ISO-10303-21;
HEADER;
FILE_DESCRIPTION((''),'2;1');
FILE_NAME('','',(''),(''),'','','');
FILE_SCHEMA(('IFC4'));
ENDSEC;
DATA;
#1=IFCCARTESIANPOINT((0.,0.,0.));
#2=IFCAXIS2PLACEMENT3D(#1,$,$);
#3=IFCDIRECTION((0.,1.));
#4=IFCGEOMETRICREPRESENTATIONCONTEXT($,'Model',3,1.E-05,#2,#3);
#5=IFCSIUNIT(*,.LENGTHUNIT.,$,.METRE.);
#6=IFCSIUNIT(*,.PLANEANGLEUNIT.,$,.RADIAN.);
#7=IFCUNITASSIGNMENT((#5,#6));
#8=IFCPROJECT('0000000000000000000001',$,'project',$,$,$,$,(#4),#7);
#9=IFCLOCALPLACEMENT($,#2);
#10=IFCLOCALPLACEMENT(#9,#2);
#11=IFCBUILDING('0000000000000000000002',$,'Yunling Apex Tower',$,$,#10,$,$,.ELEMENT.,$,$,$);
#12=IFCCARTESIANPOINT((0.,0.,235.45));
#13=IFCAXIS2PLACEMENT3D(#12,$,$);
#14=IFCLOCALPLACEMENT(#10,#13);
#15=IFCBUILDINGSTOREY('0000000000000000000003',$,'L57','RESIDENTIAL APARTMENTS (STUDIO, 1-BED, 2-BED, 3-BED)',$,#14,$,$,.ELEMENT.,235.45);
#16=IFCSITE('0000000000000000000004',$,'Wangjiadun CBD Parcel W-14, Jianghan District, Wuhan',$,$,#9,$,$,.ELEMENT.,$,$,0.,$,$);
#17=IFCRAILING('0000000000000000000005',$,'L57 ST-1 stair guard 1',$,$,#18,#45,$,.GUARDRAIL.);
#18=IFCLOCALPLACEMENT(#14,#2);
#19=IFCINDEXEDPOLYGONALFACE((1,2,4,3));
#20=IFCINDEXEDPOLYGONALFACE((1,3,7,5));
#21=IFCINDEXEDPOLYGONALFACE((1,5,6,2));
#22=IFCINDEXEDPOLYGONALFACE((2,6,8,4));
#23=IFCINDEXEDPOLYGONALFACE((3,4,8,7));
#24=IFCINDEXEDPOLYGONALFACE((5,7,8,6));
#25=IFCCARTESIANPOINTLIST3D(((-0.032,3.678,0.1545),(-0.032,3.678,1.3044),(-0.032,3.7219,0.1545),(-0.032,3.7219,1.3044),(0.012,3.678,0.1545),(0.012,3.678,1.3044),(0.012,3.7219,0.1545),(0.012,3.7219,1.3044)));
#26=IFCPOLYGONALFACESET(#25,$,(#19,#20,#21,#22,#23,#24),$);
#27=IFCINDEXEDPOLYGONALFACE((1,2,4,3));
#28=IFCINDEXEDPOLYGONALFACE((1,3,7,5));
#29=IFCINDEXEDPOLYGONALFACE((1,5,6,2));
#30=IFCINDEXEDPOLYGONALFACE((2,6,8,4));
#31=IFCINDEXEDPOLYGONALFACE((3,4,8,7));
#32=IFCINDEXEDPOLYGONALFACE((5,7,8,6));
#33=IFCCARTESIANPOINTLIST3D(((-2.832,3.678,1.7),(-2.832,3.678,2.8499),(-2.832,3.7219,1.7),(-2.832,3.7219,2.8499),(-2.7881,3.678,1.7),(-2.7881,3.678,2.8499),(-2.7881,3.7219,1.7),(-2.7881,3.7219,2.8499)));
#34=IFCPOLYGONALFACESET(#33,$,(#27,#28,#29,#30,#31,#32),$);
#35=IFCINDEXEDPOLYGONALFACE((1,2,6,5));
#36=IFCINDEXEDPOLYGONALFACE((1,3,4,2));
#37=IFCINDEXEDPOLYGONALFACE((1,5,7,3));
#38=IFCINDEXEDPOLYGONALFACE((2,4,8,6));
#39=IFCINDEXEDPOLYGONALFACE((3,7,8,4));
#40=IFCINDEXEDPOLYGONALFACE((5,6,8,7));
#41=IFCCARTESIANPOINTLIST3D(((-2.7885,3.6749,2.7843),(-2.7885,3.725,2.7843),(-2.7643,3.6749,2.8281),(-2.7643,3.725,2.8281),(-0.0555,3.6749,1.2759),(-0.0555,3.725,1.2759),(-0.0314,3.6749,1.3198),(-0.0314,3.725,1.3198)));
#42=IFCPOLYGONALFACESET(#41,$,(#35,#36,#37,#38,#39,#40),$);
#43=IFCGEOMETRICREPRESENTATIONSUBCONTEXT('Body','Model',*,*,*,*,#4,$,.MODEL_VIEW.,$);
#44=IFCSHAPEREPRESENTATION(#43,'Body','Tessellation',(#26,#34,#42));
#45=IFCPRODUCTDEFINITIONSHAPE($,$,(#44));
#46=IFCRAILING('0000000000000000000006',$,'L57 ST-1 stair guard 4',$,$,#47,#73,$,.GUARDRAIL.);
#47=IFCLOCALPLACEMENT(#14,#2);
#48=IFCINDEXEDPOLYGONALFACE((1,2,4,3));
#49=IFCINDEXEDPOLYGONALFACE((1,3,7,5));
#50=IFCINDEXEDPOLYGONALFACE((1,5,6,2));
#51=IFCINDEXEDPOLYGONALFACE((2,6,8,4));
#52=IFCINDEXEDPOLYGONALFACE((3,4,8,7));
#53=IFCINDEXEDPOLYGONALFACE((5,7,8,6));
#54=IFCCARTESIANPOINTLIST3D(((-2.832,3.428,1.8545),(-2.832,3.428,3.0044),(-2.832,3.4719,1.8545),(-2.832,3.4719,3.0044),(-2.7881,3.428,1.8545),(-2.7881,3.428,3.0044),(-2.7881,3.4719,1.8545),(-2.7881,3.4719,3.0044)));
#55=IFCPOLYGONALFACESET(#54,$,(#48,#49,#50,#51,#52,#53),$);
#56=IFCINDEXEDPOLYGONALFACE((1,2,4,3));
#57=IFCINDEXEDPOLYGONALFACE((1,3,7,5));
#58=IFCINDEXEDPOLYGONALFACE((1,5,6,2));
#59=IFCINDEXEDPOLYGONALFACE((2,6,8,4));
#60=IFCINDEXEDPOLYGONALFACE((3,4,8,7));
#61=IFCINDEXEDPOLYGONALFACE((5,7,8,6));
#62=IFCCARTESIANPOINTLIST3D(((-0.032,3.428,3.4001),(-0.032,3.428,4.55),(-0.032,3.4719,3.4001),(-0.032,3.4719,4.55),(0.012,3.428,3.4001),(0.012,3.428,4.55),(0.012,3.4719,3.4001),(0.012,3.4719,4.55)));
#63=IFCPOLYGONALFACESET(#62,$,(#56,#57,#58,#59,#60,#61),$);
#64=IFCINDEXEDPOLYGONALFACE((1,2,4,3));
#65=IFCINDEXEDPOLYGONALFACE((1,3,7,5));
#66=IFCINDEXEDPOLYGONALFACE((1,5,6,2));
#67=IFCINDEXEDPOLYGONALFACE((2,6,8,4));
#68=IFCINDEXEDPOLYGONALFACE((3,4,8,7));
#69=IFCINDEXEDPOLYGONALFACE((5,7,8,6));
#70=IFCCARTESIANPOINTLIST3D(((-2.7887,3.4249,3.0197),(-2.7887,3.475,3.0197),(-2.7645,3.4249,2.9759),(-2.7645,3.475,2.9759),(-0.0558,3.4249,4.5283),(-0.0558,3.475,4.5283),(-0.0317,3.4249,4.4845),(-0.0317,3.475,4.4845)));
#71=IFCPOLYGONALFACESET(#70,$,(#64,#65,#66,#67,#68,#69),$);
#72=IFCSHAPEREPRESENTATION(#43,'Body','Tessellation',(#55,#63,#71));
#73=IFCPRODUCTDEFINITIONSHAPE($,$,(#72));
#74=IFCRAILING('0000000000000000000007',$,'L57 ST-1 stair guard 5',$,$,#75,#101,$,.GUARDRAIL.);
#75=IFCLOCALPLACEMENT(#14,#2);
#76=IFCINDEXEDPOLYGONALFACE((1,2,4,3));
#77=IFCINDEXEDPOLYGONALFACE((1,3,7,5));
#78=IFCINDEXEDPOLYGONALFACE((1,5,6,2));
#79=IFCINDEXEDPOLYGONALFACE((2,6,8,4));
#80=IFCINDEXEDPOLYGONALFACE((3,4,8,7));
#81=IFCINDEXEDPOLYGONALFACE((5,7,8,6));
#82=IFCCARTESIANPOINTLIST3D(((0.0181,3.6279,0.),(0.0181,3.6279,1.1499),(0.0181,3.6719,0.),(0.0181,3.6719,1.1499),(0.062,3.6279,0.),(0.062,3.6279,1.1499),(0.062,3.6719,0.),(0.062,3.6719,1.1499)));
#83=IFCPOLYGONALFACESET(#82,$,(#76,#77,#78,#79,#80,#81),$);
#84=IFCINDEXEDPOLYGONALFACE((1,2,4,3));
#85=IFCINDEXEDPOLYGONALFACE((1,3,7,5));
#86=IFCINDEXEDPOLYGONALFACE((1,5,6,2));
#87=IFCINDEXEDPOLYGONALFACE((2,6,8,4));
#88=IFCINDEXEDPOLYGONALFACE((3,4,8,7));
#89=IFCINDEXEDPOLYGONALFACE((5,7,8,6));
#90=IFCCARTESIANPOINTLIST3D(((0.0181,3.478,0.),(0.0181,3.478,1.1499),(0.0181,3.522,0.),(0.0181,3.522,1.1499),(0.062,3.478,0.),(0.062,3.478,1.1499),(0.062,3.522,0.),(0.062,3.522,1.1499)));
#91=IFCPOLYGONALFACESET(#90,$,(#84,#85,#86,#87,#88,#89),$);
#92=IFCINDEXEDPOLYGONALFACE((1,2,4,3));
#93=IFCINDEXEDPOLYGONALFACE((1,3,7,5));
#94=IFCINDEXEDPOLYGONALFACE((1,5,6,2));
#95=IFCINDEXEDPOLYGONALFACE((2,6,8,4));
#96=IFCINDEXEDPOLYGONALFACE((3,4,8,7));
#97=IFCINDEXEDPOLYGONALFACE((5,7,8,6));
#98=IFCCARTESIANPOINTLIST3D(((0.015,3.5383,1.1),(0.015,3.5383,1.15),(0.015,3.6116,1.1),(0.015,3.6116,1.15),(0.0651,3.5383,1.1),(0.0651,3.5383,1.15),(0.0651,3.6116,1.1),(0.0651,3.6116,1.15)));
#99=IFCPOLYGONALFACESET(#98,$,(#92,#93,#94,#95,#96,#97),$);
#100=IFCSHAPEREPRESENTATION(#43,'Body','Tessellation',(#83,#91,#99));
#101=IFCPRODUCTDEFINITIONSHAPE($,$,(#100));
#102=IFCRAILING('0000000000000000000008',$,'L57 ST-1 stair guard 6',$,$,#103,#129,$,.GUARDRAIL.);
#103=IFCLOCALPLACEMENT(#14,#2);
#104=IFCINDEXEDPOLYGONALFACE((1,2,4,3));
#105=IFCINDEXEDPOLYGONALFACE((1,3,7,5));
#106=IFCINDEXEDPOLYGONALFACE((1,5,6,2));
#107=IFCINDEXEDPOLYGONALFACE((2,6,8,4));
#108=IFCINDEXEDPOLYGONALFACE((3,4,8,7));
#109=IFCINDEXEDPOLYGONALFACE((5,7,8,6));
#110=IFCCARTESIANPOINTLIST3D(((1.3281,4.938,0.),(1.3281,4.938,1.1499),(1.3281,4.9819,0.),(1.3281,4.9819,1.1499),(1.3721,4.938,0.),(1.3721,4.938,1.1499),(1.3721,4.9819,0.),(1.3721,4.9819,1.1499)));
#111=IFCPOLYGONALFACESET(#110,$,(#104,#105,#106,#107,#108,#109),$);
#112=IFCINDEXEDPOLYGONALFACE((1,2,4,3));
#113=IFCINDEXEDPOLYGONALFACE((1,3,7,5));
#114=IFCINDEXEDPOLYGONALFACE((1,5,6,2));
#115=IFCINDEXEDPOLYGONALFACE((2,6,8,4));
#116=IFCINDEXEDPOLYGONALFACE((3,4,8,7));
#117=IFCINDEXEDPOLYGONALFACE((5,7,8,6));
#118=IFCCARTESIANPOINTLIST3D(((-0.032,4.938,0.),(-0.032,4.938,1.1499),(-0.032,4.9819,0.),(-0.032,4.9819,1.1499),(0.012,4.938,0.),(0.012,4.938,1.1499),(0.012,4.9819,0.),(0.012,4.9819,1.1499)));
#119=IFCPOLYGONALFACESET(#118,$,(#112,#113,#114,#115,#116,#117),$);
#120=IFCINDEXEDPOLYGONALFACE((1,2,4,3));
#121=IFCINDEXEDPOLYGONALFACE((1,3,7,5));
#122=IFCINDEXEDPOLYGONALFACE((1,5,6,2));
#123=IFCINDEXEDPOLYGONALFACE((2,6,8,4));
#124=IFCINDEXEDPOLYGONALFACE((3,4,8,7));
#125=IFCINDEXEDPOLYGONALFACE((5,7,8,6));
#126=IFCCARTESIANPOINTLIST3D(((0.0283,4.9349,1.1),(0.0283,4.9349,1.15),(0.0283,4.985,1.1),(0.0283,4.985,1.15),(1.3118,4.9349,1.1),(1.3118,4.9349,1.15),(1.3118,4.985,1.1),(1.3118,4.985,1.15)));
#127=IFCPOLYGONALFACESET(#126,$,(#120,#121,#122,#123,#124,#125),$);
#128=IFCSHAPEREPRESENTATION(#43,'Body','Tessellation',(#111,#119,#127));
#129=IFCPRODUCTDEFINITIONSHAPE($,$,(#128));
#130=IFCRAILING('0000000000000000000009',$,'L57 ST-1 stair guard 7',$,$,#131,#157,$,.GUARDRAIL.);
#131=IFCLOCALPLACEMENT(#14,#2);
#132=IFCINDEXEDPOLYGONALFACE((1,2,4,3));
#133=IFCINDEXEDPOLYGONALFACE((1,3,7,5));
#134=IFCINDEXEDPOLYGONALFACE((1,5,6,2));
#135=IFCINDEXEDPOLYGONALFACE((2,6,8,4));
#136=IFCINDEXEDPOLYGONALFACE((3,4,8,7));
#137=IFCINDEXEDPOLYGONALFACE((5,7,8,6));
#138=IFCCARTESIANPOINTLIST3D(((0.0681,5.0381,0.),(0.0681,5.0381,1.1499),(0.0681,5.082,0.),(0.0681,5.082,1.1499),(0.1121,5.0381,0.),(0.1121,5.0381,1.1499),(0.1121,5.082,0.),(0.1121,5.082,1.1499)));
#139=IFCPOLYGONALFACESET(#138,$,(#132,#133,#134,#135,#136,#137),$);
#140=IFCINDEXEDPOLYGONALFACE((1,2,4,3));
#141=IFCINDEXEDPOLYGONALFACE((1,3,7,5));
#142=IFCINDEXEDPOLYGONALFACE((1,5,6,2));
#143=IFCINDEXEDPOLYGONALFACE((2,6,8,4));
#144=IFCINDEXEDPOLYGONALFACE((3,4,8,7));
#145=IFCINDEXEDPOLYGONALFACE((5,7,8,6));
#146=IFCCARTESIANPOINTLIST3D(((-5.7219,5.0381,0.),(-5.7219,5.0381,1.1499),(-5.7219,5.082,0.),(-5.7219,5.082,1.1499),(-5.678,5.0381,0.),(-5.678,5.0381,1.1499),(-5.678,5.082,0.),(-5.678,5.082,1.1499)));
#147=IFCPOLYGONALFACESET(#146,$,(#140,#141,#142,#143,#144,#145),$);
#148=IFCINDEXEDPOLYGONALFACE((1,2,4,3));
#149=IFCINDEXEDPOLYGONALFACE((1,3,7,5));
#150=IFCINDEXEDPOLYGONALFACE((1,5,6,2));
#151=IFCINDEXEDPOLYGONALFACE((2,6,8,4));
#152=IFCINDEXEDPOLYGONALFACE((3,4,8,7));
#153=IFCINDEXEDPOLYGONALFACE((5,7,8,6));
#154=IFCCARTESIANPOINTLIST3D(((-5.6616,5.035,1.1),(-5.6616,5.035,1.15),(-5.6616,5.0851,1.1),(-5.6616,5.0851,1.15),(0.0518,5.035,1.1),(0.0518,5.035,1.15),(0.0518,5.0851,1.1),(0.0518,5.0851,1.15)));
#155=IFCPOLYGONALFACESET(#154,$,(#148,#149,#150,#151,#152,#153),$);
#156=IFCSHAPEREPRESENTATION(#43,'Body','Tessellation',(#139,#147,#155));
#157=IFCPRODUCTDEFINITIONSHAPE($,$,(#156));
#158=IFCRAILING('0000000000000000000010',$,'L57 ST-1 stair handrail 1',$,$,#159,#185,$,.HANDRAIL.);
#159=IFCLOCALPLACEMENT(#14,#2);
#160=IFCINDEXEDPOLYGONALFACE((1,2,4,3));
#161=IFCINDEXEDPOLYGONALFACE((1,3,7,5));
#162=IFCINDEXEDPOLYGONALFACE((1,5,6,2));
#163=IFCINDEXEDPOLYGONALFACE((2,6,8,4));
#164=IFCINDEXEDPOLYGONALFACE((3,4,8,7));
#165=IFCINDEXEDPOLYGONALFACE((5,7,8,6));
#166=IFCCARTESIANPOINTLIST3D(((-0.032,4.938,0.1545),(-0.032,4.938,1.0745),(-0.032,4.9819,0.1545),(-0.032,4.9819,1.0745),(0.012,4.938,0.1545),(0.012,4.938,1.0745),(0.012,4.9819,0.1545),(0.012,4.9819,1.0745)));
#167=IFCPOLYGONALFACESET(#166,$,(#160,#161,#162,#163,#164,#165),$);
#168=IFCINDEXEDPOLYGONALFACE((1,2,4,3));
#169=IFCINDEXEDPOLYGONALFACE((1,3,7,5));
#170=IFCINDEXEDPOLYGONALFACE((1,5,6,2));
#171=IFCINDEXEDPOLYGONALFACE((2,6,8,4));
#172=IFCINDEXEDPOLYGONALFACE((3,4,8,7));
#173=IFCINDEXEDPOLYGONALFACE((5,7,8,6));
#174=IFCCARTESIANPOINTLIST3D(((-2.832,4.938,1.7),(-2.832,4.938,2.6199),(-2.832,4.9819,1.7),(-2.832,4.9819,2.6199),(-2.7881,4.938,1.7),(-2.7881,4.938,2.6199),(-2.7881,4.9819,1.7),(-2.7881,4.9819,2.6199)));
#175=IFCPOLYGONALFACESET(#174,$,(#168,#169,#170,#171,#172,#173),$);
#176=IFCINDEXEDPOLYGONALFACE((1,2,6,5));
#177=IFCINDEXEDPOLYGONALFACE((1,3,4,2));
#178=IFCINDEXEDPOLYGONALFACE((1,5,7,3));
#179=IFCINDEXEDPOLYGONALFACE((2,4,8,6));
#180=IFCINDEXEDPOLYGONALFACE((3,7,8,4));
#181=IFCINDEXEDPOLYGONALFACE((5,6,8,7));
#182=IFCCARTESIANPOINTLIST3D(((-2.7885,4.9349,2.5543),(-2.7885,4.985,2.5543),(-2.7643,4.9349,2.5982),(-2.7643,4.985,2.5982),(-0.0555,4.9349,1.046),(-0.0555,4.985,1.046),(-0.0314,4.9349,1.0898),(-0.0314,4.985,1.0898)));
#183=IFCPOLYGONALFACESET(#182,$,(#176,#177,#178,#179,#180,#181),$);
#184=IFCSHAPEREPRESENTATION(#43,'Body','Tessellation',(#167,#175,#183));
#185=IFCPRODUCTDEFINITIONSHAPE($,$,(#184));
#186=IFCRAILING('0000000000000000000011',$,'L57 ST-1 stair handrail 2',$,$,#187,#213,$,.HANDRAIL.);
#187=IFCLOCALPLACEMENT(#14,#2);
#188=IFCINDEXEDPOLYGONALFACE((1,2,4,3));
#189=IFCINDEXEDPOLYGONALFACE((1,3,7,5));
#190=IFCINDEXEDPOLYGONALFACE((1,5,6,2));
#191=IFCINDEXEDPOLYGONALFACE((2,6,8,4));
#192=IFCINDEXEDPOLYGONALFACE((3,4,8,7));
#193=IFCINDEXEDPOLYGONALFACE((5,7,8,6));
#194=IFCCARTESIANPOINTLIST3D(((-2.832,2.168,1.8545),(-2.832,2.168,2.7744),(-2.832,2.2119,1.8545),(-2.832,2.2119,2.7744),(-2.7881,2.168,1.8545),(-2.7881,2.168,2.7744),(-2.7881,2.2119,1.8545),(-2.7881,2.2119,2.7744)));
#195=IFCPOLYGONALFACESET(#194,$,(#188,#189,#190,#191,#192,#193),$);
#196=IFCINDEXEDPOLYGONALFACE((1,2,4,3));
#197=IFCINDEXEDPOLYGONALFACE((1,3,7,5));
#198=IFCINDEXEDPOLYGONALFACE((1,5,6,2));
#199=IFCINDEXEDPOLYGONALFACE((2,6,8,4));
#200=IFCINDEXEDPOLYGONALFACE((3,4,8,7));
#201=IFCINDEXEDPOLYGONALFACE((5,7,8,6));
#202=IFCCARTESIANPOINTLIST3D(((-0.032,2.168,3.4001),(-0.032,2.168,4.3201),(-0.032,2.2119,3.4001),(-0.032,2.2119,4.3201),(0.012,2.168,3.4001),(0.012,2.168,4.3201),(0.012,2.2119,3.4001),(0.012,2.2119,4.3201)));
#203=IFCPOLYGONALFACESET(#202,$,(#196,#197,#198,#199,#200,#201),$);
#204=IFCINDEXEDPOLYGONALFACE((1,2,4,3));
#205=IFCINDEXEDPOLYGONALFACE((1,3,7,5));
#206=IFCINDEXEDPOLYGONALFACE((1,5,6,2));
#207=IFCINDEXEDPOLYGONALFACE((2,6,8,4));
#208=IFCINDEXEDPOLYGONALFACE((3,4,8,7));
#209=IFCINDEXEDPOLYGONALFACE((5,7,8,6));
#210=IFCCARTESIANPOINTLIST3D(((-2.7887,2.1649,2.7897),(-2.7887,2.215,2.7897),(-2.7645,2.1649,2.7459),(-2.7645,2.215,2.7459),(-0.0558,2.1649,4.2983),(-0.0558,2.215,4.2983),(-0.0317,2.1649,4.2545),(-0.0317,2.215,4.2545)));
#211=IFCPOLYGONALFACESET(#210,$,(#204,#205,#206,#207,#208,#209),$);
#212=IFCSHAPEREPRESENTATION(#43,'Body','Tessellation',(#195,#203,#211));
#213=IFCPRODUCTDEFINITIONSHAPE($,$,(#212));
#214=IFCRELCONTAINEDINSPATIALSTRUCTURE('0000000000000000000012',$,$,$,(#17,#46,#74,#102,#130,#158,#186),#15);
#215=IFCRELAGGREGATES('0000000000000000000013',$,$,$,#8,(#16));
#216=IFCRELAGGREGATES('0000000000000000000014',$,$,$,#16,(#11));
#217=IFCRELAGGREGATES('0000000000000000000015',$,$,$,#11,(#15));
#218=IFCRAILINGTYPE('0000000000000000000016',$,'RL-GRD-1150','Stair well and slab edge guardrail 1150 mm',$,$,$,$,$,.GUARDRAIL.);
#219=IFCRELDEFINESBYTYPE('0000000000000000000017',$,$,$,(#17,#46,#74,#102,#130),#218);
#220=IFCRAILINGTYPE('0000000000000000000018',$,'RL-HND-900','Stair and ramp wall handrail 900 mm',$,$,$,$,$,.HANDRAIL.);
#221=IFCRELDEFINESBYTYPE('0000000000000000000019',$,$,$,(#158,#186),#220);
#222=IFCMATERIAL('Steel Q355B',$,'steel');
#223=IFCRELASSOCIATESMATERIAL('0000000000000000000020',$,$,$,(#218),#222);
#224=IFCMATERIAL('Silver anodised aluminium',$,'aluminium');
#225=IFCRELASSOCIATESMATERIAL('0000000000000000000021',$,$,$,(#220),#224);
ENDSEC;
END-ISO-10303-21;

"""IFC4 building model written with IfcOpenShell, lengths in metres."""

from ifc_helpers import new_model, si_unit, direction, frame, origin, origin_2d, place, context, subcontext, project, spatial, rectangle, extrude, material, type_object, element, save


model = new_model("IFC4")

# Units and contexts
model_context = context("Model", 3, precision=1e-05, world=origin(), true_north=direction((0.0, 1.0)))
body_context = subcontext(model_context, "Body", "Model", "MODEL_VIEW")
ifc_project = project(units=[si_unit("LENGTHUNIT", "METRE"), si_unit("PLANEANGLEUNIT", "RADIAN")], contexts=[model_context])

# Site, building, storey
site_placement = place(None, origin())
site = spatial("IfcSite", under=ifc_project, at=site_placement, Name="Wangjiadun CBD Parcel W-14, Jianghan District, Wuhan", CompositionType="ELEMENT", RefElevation=0.0)
building_placement = place(site_placement, origin())
building = spatial("IfcBuilding", under=site, at=building_placement, Name="Yunling Apex Tower", CompositionType="ELEMENT")
storey_placement = place(building_placement, frame((0.0, 0.0, 235.45)))
storey = spatial("IfcBuildingStorey", under=building, at=storey_placement, Name="L57", Description="RESIDENTIAL APARTMENTS (STUDIO, 1-BED, 2-BED, 3-BED)", CompositionType="ELEMENT", Elevation=235.45)

# Shared definitions
ifc_material_1 = material(Name="Steel Q355B", Category="steel")

# Railings
railing_type_1 = type_object("IfcRailingType", Name="RL-GRD-1150", Description="Stair well and slab edge guardrail 1150 mm", PredefinedType="GUARDRAIL", material=ifc_material_1)
railing_1_placement = place(storey_placement, frame((-0.01, 3.7, 0.1545)))
element("IfcRailing", 1, at=railing_1_placement, inside=storey, type_object=railing_type_1, Name="L57 ST-1 stair guard 1", PredefinedType="GUARDRAIL", context=body_context, shape_type="SweptSolid", body=[
    extrude(rectangle(XDim=0.0439, YDim=0.0439, at=origin_2d()), origin(), (0.0, 0.0, 1.0), 1.1499),
    extrude(rectangle(XDim=0.0439, YDim=0.0439, at=origin_2d()), frame((-2.8, 0.0, 1.5454)), (0.0, 0.0, 1.0), 1.1499),
    extrude(rectangle(XDim=0.05, YDim=0.05, at=origin_2d()), frame((-0.0334, 0.0, 1.1433), z_axis=(-0.875504, 0.0, 0.483211), x_axis=(0.0, -1.0, 0.0)), (0.0, 0.0, 1.0), 3.1216),
])
railing_2_placement = place(storey_placement, frame((-2.8101, 3.45, 1.8545)))
element("IfcRailing", 2, at=railing_2_placement, inside=storey, type_object=railing_type_1, Name="L57 ST-1 stair guard 4", PredefinedType="GUARDRAIL", context=body_context, shape_type="SweptSolid", body=[
    extrude(rectangle(XDim=0.0439, YDim=0.0439, at=origin_2d()), origin(), (0.0, 0.0, 1.0), 1.1499),
    extrude(rectangle(XDim=0.0439, YDim=0.0439, at=origin_2d()), frame((2.8, 0.0, 1.5457)), (0.0, 0.0, 1.0), 1.1499),
    extrude(rectangle(XDim=0.05, YDim=0.05, at=origin_2d()), frame((0.0334, 0.0, 1.1433), z_axis=(0.875472, 0.0, 0.483269), x_axis=(0.0, 1.0, 0.0)), (0.0, 0.0, 1.0), 3.1216),
])
railing_3_placement = place(storey_placement, frame((0.04, 3.6499, 0.0)))
element("IfcRailing", 3, at=railing_3_placement, inside=storey, type_object=railing_type_1, Name="L57 ST-1 stair guard 5", PredefinedType="GUARDRAIL", context=body_context, shape_type="SweptSolid", body=[
    extrude(rectangle(XDim=0.0439, YDim=0.0439, at=origin_2d()), origin(), (0.0, 0.0, 1.0), 1.1499),
    extrude(rectangle(XDim=0.0439, YDim=0.0439, at=origin_2d()), frame((0.0, -0.1499, 0.0)), (0.0, 0.0, 1.0), 1.1499),
    extrude(rectangle(XDim=0.05, YDim=0.05, at=origin_2d()), frame((0.0, -0.0383, 1.125), z_axis=(0.0, -1.0, 0.0), x_axis=(1.0, 0.0, 0.0)), (0.0, 0.0, 1.0), 0.0732),
])
railing_4_placement = place(storey_placement, frame((1.3501, 4.96, 0.0)))
element("IfcRailing", 4, at=railing_4_placement, inside=storey, type_object=railing_type_1, Name="L57 ST-1 stair guard 6", PredefinedType="GUARDRAIL", context=body_context, shape_type="SweptSolid", body=[
    extrude(rectangle(XDim=0.0439, YDim=0.0439, at=origin_2d()), origin(), (0.0, 0.0, 1.0), 1.1499),
    extrude(rectangle(XDim=0.0439, YDim=0.0439, at=origin_2d()), frame((-1.3601, 0.0, 0.0)), (0.0, 0.0, 1.0), 1.1499),
    extrude(rectangle(XDim=0.05, YDim=0.05, at=origin_2d()), frame((-0.0383, 0.0, 1.125), z_axis=(-1.0, 0.0, 0.0), x_axis=(0.0, -1.0, 0.0)), (0.0, 0.0, 1.0), 1.2834),
])
railing_5_placement = place(storey_placement, frame((0.0901, 5.0601, 0.0)))
element("IfcRailing", 5, at=railing_5_placement, inside=storey, type_object=railing_type_1, Name="L57 ST-1 stair guard 7", PredefinedType="GUARDRAIL", context=body_context, shape_type="SweptSolid", body=[
    extrude(rectangle(XDim=0.0439, YDim=0.0439, at=origin_2d()), origin(), (0.0, 0.0, 1.0), 1.1499),
    extrude(rectangle(XDim=0.0439, YDim=0.0439, at=origin_2d()), frame((-5.79, 0.0, 0.0)), (0.0, 0.0, 1.0), 1.1499),
    extrude(rectangle(XDim=0.05, YDim=0.05, at=origin_2d()), frame((-0.0383, 0.0, 1.125), z_axis=(-1.0, 0.0, 0.0), x_axis=(0.0, -1.0, 0.0)), (0.0, 0.0, 1.0), 5.7134),
])
ifc_material_2 = material(Name="Silver anodised aluminium", Category="aluminium")
railing_type_2 = type_object("IfcRailingType", Name="RL-HND-900", Description="Stair and ramp wall handrail 900 mm", PredefinedType="HANDRAIL", material=ifc_material_2)
railing_6_placement = place(storey_placement, frame((-0.01, 4.96, 0.1545)))
element("IfcRailing", 6, at=railing_6_placement, inside=storey, type_object=railing_type_2, Name="L57 ST-1 stair handrail 1", PredefinedType="HANDRAIL", context=body_context, shape_type="SweptSolid", body=[
    extrude(rectangle(XDim=0.0439, YDim=0.0439, at=origin_2d()), origin(), (0.0, 0.0, 1.0), 0.9199),
    extrude(rectangle(XDim=0.0439, YDim=0.0439, at=origin_2d()), frame((-2.8, 0.0, 1.5454)), (0.0, 0.0, 1.0), 0.9199),
    extrude(rectangle(XDim=0.05, YDim=0.05, at=origin_2d()), frame((-0.0334, 0.0, 0.9133), z_axis=(-0.875504, 0.0, 0.483211), x_axis=(0.0, -1.0, 0.0)), (0.0, 0.0, 1.0), 3.1216),
])
railing_7_placement = place(storey_placement, frame((-2.8101, 2.1899, 1.8545)))
element("IfcRailing", 7, at=railing_7_placement, inside=storey, type_object=railing_type_2, Name="L57 ST-1 stair handrail 2", PredefinedType="HANDRAIL", context=body_context, shape_type="SweptSolid", body=[
    extrude(rectangle(XDim=0.0439, YDim=0.0439, at=origin_2d()), origin(), (0.0, 0.0, 1.0), 0.9199),
    extrude(rectangle(XDim=0.0439, YDim=0.0439, at=origin_2d()), frame((2.8, 0.0, 1.5457)), (0.0, 0.0, 1.0), 0.9199),
    extrude(rectangle(XDim=0.05, YDim=0.05, at=origin_2d()), frame((0.0334, 0.0, 0.9133), z_axis=(0.875472, 0.0, 0.483269), x_axis=(0.0, 1.0, 0.0)), (0.0, 0.0, 1.0), 3.1216),
])

save(model, "model.ifc")
